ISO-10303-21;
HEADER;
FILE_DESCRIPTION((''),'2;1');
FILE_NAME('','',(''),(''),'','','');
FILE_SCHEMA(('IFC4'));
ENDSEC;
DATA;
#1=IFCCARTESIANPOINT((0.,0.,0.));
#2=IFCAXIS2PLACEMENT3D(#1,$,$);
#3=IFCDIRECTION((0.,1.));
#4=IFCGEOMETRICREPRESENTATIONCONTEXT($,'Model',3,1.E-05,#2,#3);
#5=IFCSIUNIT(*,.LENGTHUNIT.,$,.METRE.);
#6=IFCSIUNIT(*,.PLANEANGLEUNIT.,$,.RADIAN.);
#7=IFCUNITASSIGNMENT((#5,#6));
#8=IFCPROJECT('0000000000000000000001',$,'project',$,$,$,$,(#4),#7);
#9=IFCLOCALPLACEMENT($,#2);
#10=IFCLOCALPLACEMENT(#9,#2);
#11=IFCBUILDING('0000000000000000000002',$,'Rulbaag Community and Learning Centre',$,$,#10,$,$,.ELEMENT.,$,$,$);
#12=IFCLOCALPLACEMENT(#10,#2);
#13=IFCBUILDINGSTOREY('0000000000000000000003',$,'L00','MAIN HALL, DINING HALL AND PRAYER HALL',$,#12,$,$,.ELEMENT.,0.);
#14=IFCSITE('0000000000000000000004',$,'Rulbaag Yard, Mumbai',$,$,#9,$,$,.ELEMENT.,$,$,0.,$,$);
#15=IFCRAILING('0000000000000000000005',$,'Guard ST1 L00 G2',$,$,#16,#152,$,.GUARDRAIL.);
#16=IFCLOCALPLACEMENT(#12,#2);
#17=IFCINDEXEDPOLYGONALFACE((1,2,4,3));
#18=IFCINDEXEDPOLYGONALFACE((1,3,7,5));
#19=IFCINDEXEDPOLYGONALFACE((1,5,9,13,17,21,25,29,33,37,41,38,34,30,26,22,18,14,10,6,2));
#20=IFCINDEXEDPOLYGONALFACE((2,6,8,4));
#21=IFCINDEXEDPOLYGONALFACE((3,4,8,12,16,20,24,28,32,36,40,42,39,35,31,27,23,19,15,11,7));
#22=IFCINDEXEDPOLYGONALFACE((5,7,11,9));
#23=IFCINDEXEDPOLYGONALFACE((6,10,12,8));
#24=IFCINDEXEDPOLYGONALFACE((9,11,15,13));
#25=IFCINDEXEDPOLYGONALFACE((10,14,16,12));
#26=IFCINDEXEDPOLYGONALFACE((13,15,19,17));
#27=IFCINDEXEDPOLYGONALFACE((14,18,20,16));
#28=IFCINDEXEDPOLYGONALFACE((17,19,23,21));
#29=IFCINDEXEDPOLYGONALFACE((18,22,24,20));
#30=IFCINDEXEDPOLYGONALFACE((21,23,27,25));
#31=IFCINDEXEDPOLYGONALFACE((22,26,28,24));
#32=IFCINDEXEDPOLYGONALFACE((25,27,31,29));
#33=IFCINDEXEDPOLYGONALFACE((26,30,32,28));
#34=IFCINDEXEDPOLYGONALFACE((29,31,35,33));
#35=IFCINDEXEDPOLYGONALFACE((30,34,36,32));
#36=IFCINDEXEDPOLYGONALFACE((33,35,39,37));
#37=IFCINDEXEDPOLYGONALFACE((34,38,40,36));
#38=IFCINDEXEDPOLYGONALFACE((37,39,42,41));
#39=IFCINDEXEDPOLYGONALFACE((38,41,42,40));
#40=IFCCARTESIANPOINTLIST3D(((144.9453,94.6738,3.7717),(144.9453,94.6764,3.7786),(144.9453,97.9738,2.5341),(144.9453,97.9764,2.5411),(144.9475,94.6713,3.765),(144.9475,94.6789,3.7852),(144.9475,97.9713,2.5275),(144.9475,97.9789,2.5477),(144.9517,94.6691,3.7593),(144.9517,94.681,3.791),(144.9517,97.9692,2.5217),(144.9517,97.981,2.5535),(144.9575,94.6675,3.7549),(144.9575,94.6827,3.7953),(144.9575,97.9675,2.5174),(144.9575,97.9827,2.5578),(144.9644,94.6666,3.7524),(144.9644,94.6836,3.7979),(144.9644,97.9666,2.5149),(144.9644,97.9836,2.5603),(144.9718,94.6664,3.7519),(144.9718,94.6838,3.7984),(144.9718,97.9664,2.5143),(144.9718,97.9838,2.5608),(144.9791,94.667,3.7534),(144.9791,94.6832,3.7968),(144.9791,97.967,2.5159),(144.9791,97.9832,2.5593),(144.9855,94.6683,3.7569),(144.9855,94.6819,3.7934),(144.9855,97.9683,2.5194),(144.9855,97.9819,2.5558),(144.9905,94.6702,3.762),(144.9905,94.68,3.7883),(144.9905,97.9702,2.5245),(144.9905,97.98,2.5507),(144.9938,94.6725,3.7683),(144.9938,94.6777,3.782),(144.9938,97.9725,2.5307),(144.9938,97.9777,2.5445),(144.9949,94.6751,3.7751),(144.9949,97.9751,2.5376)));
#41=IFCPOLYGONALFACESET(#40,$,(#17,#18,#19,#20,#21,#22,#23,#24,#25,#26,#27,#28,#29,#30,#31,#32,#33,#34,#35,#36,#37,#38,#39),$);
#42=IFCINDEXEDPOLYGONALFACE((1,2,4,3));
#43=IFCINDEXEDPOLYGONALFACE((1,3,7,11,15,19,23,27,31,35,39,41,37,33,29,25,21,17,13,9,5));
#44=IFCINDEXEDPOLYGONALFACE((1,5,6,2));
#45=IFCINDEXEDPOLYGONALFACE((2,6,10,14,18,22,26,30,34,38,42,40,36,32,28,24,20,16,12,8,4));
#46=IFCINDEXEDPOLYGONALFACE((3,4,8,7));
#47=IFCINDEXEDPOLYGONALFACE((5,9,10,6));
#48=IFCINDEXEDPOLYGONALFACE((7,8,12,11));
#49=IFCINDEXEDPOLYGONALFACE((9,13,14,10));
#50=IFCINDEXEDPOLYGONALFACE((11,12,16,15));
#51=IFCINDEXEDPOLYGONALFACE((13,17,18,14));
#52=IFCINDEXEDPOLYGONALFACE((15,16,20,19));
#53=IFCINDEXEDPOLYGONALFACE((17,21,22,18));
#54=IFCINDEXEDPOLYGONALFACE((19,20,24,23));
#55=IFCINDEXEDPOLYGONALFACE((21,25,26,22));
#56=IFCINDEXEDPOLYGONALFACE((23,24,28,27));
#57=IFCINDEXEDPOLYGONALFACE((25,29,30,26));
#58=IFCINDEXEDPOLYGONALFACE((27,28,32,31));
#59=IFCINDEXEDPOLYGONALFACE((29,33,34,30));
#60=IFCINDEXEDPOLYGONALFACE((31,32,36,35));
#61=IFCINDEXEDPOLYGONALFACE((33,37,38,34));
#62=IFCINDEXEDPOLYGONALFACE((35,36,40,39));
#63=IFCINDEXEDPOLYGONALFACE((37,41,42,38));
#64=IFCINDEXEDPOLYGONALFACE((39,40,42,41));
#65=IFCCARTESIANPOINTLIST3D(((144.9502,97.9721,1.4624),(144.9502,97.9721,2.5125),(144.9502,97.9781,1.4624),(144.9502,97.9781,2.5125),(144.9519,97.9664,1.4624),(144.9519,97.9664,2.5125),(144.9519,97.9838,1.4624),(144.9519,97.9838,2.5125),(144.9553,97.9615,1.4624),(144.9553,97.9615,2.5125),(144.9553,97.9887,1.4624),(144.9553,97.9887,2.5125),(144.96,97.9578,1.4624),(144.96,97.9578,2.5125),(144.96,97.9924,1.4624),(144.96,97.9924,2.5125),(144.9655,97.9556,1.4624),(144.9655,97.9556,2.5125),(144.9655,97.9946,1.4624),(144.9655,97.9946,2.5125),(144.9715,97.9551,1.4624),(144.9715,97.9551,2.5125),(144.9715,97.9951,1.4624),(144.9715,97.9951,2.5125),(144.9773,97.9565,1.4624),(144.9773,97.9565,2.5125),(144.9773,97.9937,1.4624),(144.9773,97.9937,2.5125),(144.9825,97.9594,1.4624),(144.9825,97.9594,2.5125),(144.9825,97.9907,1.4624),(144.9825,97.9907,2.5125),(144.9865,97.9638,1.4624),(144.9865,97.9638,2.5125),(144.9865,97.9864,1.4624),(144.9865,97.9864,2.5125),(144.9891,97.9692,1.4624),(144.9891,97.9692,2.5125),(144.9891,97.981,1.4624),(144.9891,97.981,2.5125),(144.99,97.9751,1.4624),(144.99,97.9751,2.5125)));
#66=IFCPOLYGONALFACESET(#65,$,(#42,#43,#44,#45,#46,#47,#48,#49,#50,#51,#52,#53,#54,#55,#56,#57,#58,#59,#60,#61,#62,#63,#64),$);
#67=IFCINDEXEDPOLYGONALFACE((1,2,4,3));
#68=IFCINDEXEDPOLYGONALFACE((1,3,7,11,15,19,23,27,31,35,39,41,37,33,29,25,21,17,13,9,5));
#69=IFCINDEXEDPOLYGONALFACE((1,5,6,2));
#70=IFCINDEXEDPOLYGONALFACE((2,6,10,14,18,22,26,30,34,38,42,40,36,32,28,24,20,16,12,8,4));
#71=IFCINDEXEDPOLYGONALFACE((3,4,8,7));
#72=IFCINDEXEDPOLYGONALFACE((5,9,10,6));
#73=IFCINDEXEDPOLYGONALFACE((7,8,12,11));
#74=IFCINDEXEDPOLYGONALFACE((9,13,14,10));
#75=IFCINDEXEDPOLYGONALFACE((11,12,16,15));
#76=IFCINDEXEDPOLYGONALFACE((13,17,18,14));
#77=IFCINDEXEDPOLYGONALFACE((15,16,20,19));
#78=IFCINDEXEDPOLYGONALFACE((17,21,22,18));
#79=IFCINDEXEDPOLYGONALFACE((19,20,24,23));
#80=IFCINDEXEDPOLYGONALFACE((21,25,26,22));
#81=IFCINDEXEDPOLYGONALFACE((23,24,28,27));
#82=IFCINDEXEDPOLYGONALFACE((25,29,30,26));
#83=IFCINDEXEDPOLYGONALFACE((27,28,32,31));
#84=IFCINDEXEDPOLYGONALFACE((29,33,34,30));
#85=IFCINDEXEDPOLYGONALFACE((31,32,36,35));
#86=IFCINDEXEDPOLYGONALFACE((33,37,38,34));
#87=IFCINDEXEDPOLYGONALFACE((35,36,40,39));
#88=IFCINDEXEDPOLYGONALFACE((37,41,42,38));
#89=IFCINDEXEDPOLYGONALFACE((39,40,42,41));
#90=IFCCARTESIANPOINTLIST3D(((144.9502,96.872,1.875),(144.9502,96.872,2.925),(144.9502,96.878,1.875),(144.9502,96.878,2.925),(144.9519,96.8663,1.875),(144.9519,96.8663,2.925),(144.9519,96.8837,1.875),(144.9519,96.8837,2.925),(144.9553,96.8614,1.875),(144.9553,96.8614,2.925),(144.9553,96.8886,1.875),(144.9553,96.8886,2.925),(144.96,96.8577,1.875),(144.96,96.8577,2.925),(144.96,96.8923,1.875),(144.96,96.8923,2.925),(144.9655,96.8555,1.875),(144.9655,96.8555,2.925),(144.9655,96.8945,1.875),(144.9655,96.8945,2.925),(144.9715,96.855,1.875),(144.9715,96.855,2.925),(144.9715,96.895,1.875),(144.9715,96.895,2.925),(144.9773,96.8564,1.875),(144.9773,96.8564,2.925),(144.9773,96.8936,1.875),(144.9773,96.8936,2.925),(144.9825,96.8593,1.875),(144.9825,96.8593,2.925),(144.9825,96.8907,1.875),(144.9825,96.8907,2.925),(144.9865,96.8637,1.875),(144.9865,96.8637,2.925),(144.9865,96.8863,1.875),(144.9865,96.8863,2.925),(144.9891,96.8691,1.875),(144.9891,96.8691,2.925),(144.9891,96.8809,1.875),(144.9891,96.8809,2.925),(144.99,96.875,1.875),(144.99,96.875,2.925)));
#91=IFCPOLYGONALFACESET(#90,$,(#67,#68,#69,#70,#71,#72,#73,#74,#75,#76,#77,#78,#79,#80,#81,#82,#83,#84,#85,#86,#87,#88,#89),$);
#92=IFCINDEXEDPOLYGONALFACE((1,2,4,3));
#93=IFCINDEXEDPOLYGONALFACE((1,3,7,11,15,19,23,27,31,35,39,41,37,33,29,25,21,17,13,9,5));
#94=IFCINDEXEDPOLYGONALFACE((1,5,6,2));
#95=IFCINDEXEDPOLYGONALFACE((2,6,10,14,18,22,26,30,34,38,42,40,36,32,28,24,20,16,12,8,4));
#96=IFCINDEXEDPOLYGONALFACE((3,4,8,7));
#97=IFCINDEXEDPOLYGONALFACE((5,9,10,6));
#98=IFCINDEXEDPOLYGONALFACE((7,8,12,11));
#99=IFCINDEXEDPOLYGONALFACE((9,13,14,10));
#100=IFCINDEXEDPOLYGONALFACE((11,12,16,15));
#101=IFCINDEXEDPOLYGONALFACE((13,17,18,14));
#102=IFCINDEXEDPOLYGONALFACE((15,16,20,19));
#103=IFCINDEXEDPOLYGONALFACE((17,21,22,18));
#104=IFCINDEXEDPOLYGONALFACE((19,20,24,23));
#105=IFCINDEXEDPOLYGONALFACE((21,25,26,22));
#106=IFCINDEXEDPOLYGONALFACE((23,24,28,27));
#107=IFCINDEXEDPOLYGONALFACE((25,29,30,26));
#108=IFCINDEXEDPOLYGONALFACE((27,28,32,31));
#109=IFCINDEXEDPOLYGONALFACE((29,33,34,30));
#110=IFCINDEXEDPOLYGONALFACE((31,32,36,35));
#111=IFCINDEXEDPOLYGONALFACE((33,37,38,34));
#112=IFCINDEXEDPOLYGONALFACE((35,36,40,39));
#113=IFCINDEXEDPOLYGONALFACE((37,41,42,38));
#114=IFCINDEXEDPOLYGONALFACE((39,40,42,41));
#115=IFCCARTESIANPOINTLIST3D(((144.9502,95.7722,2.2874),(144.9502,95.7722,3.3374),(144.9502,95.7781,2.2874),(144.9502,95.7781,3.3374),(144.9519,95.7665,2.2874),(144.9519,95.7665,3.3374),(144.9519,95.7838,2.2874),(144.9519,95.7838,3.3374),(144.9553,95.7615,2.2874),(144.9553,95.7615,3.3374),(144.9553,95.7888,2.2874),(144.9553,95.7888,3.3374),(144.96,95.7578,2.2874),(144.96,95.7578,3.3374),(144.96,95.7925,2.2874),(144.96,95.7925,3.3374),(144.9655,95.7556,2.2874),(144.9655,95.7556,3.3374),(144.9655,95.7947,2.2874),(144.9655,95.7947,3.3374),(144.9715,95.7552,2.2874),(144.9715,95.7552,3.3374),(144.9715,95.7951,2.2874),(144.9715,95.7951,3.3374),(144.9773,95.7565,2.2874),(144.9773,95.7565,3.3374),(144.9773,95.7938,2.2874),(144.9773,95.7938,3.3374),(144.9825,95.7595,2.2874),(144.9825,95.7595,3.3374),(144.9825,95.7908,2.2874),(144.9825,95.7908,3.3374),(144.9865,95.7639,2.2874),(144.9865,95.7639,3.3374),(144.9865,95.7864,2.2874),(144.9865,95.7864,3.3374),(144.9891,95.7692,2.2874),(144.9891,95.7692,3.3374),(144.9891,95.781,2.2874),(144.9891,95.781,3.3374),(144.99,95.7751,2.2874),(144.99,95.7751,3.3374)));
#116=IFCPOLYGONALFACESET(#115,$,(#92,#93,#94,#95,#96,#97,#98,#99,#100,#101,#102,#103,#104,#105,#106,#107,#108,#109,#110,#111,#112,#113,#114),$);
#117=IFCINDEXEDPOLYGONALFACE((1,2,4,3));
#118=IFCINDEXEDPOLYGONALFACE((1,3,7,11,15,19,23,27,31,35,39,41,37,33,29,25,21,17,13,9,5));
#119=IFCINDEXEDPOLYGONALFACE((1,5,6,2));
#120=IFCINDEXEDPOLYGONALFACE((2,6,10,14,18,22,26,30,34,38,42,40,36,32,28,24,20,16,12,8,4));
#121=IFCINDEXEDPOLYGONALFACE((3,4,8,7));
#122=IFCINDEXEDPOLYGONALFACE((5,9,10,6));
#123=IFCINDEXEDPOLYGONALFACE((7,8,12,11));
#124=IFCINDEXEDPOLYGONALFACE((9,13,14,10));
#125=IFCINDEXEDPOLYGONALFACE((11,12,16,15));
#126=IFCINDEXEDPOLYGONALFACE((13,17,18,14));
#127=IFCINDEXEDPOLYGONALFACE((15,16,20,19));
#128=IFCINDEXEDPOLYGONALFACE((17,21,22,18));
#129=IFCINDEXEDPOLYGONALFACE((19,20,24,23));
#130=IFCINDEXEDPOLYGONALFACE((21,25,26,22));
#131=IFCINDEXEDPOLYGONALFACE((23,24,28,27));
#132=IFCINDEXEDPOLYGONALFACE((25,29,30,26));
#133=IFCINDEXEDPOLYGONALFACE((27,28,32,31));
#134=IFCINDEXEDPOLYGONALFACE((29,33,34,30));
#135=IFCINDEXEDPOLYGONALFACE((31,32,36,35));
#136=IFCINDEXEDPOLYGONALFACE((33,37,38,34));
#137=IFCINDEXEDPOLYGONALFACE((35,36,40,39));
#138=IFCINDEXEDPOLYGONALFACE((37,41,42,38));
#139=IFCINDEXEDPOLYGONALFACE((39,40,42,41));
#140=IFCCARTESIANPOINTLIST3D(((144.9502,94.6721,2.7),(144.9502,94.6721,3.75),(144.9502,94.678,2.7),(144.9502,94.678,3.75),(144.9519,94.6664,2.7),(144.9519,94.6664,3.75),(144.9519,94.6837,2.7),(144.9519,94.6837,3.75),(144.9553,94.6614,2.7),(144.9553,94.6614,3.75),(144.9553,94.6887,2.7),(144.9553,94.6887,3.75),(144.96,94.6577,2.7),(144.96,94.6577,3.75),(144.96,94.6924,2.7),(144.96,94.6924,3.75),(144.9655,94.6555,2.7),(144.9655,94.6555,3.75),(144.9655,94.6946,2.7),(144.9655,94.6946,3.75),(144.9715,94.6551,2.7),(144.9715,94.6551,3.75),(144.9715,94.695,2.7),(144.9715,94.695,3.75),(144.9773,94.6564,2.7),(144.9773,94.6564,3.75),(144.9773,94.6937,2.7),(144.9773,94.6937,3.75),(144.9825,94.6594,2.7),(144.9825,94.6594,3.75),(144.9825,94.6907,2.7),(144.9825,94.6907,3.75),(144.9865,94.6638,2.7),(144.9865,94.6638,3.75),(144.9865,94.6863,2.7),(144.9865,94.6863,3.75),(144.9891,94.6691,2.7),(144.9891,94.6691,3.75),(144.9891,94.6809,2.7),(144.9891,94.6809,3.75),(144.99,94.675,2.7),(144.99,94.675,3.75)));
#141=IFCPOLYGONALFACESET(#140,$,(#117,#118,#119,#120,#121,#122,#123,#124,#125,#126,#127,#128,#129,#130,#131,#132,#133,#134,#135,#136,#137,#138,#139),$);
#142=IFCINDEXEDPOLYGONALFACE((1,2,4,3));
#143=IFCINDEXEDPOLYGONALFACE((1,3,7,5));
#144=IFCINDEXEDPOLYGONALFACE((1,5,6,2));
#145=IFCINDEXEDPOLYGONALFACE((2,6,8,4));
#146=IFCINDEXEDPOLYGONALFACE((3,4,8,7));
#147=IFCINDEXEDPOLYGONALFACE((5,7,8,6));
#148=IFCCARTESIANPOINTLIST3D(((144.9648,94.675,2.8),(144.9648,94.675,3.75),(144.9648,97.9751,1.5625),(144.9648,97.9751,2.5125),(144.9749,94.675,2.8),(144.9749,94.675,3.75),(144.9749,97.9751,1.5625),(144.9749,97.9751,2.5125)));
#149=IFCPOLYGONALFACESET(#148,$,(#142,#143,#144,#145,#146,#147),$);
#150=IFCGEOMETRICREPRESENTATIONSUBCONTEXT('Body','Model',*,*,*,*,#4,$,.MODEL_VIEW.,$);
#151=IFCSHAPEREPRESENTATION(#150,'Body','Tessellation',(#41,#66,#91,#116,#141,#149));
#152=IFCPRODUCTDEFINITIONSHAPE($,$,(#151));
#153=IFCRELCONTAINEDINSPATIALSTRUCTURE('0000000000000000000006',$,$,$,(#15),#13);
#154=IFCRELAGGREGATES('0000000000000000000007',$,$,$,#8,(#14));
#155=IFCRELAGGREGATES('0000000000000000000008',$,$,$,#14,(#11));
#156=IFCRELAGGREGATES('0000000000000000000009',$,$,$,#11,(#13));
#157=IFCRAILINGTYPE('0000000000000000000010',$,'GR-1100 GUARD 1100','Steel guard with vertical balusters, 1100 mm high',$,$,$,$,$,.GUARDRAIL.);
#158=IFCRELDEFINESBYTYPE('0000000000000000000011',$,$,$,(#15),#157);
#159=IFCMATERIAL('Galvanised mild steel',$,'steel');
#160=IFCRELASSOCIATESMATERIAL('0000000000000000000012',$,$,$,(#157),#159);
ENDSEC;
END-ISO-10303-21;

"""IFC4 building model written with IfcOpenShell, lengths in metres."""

from ifc_helpers import new_model, si_unit, direction, frame, origin, origin_2d, place, context, subcontext, project, spatial, polyline, circle, outline, extrude, material, type_object, element, save


model = new_model("IFC4")

# Units and contexts
model_context = context("Model", 3, precision=1e-05, world=origin(), true_north=direction((0.0, 1.0)))
body_context = subcontext(model_context, "Body", "Model", "MODEL_VIEW")
ifc_project = project(units=[si_unit("LENGTHUNIT", "METRE"), si_unit("PLANEANGLEUNIT", "RADIAN")], contexts=[model_context])

# Site, building, storey
site_placement = place(None, origin())
site = spatial("IfcSite", under=ifc_project, at=site_placement, Name="Rulbaag Yard, Mumbai", CompositionType="ELEMENT", RefElevation=0.0)
building_placement = place(site_placement, origin())
building = spatial("IfcBuilding", under=site, at=building_placement, Name="Rulbaag Community and Learning Centre", CompositionType="ELEMENT")
storey_placement = place(building_placement, origin())
storey = spatial("IfcBuildingStorey", under=building, at=storey_placement, Name="L00", Description="MAIN HALL, DINING HALL AND PRAYER HALL", CompositionType="ELEMENT", Elevation=0.0)

# Railing
ifc_material_1 = material(Name="Galvanised mild steel", Category="steel")
railing_type_1 = type_object("IfcRailingType", Name="GR-1100 GUARD 1100", Description="Steel guard with vertical balusters, 1100 mm high", PredefinedType="GUARDRAIL", material=ifc_material_1)
railing_1_placement = place(storey_placement, frame((144.97, 97.9751, 1.4624)))
element("IfcRailing", 1, at=railing_1_placement, inside=storey, type_object=railing_type_1, Name="Guard ST1 L00 G2", PredefinedType="GUARDRAIL", context=body_context, shape_type="SweptSolid", body=[
    extrude(circle(Radius=0.0249, at=origin_2d()), frame((0.0, 0.0, 1.0752), z_axis=(0.0, -0.936326, 0.351131), x_axis=(1.0, 0.0, 0.0)), (0.0, 0.0, 1.0), 3.5244),
    extrude(circle(Radius=0.02, at=origin_2d()), origin(), (0.0, 0.0, 1.0), 1.05),
    extrude(circle(Radius=0.02, at=origin_2d()), frame((0.0, -1.1001, 0.4126)), (0.0, 0.0, 1.0), 1.05),
    extrude(circle(Radius=0.02, at=origin_2d()), frame((0.0, -2.2, 0.825)), (0.0, 0.0, 1.0), 1.05),
    extrude(circle(Radius=0.02, at=origin_2d()), frame((0.0, -3.3, 1.2375)), (0.0, 0.0, 1.0), 1.05),
    extrude(outline(polyline([(0.0, 0.0), (3.3, 1.2375), (3.3, 2.1875), (0.0, 0.95), (0.0, 0.0)])), frame((0.0049, 0.0, 0.1001), z_axis=(-1.0, 0.0, 0.0), x_axis=(0.0, -1.0, 0.0)), (0.0, 0.0, 1.0), 0.01),
])

save(model, "model.ifc")
